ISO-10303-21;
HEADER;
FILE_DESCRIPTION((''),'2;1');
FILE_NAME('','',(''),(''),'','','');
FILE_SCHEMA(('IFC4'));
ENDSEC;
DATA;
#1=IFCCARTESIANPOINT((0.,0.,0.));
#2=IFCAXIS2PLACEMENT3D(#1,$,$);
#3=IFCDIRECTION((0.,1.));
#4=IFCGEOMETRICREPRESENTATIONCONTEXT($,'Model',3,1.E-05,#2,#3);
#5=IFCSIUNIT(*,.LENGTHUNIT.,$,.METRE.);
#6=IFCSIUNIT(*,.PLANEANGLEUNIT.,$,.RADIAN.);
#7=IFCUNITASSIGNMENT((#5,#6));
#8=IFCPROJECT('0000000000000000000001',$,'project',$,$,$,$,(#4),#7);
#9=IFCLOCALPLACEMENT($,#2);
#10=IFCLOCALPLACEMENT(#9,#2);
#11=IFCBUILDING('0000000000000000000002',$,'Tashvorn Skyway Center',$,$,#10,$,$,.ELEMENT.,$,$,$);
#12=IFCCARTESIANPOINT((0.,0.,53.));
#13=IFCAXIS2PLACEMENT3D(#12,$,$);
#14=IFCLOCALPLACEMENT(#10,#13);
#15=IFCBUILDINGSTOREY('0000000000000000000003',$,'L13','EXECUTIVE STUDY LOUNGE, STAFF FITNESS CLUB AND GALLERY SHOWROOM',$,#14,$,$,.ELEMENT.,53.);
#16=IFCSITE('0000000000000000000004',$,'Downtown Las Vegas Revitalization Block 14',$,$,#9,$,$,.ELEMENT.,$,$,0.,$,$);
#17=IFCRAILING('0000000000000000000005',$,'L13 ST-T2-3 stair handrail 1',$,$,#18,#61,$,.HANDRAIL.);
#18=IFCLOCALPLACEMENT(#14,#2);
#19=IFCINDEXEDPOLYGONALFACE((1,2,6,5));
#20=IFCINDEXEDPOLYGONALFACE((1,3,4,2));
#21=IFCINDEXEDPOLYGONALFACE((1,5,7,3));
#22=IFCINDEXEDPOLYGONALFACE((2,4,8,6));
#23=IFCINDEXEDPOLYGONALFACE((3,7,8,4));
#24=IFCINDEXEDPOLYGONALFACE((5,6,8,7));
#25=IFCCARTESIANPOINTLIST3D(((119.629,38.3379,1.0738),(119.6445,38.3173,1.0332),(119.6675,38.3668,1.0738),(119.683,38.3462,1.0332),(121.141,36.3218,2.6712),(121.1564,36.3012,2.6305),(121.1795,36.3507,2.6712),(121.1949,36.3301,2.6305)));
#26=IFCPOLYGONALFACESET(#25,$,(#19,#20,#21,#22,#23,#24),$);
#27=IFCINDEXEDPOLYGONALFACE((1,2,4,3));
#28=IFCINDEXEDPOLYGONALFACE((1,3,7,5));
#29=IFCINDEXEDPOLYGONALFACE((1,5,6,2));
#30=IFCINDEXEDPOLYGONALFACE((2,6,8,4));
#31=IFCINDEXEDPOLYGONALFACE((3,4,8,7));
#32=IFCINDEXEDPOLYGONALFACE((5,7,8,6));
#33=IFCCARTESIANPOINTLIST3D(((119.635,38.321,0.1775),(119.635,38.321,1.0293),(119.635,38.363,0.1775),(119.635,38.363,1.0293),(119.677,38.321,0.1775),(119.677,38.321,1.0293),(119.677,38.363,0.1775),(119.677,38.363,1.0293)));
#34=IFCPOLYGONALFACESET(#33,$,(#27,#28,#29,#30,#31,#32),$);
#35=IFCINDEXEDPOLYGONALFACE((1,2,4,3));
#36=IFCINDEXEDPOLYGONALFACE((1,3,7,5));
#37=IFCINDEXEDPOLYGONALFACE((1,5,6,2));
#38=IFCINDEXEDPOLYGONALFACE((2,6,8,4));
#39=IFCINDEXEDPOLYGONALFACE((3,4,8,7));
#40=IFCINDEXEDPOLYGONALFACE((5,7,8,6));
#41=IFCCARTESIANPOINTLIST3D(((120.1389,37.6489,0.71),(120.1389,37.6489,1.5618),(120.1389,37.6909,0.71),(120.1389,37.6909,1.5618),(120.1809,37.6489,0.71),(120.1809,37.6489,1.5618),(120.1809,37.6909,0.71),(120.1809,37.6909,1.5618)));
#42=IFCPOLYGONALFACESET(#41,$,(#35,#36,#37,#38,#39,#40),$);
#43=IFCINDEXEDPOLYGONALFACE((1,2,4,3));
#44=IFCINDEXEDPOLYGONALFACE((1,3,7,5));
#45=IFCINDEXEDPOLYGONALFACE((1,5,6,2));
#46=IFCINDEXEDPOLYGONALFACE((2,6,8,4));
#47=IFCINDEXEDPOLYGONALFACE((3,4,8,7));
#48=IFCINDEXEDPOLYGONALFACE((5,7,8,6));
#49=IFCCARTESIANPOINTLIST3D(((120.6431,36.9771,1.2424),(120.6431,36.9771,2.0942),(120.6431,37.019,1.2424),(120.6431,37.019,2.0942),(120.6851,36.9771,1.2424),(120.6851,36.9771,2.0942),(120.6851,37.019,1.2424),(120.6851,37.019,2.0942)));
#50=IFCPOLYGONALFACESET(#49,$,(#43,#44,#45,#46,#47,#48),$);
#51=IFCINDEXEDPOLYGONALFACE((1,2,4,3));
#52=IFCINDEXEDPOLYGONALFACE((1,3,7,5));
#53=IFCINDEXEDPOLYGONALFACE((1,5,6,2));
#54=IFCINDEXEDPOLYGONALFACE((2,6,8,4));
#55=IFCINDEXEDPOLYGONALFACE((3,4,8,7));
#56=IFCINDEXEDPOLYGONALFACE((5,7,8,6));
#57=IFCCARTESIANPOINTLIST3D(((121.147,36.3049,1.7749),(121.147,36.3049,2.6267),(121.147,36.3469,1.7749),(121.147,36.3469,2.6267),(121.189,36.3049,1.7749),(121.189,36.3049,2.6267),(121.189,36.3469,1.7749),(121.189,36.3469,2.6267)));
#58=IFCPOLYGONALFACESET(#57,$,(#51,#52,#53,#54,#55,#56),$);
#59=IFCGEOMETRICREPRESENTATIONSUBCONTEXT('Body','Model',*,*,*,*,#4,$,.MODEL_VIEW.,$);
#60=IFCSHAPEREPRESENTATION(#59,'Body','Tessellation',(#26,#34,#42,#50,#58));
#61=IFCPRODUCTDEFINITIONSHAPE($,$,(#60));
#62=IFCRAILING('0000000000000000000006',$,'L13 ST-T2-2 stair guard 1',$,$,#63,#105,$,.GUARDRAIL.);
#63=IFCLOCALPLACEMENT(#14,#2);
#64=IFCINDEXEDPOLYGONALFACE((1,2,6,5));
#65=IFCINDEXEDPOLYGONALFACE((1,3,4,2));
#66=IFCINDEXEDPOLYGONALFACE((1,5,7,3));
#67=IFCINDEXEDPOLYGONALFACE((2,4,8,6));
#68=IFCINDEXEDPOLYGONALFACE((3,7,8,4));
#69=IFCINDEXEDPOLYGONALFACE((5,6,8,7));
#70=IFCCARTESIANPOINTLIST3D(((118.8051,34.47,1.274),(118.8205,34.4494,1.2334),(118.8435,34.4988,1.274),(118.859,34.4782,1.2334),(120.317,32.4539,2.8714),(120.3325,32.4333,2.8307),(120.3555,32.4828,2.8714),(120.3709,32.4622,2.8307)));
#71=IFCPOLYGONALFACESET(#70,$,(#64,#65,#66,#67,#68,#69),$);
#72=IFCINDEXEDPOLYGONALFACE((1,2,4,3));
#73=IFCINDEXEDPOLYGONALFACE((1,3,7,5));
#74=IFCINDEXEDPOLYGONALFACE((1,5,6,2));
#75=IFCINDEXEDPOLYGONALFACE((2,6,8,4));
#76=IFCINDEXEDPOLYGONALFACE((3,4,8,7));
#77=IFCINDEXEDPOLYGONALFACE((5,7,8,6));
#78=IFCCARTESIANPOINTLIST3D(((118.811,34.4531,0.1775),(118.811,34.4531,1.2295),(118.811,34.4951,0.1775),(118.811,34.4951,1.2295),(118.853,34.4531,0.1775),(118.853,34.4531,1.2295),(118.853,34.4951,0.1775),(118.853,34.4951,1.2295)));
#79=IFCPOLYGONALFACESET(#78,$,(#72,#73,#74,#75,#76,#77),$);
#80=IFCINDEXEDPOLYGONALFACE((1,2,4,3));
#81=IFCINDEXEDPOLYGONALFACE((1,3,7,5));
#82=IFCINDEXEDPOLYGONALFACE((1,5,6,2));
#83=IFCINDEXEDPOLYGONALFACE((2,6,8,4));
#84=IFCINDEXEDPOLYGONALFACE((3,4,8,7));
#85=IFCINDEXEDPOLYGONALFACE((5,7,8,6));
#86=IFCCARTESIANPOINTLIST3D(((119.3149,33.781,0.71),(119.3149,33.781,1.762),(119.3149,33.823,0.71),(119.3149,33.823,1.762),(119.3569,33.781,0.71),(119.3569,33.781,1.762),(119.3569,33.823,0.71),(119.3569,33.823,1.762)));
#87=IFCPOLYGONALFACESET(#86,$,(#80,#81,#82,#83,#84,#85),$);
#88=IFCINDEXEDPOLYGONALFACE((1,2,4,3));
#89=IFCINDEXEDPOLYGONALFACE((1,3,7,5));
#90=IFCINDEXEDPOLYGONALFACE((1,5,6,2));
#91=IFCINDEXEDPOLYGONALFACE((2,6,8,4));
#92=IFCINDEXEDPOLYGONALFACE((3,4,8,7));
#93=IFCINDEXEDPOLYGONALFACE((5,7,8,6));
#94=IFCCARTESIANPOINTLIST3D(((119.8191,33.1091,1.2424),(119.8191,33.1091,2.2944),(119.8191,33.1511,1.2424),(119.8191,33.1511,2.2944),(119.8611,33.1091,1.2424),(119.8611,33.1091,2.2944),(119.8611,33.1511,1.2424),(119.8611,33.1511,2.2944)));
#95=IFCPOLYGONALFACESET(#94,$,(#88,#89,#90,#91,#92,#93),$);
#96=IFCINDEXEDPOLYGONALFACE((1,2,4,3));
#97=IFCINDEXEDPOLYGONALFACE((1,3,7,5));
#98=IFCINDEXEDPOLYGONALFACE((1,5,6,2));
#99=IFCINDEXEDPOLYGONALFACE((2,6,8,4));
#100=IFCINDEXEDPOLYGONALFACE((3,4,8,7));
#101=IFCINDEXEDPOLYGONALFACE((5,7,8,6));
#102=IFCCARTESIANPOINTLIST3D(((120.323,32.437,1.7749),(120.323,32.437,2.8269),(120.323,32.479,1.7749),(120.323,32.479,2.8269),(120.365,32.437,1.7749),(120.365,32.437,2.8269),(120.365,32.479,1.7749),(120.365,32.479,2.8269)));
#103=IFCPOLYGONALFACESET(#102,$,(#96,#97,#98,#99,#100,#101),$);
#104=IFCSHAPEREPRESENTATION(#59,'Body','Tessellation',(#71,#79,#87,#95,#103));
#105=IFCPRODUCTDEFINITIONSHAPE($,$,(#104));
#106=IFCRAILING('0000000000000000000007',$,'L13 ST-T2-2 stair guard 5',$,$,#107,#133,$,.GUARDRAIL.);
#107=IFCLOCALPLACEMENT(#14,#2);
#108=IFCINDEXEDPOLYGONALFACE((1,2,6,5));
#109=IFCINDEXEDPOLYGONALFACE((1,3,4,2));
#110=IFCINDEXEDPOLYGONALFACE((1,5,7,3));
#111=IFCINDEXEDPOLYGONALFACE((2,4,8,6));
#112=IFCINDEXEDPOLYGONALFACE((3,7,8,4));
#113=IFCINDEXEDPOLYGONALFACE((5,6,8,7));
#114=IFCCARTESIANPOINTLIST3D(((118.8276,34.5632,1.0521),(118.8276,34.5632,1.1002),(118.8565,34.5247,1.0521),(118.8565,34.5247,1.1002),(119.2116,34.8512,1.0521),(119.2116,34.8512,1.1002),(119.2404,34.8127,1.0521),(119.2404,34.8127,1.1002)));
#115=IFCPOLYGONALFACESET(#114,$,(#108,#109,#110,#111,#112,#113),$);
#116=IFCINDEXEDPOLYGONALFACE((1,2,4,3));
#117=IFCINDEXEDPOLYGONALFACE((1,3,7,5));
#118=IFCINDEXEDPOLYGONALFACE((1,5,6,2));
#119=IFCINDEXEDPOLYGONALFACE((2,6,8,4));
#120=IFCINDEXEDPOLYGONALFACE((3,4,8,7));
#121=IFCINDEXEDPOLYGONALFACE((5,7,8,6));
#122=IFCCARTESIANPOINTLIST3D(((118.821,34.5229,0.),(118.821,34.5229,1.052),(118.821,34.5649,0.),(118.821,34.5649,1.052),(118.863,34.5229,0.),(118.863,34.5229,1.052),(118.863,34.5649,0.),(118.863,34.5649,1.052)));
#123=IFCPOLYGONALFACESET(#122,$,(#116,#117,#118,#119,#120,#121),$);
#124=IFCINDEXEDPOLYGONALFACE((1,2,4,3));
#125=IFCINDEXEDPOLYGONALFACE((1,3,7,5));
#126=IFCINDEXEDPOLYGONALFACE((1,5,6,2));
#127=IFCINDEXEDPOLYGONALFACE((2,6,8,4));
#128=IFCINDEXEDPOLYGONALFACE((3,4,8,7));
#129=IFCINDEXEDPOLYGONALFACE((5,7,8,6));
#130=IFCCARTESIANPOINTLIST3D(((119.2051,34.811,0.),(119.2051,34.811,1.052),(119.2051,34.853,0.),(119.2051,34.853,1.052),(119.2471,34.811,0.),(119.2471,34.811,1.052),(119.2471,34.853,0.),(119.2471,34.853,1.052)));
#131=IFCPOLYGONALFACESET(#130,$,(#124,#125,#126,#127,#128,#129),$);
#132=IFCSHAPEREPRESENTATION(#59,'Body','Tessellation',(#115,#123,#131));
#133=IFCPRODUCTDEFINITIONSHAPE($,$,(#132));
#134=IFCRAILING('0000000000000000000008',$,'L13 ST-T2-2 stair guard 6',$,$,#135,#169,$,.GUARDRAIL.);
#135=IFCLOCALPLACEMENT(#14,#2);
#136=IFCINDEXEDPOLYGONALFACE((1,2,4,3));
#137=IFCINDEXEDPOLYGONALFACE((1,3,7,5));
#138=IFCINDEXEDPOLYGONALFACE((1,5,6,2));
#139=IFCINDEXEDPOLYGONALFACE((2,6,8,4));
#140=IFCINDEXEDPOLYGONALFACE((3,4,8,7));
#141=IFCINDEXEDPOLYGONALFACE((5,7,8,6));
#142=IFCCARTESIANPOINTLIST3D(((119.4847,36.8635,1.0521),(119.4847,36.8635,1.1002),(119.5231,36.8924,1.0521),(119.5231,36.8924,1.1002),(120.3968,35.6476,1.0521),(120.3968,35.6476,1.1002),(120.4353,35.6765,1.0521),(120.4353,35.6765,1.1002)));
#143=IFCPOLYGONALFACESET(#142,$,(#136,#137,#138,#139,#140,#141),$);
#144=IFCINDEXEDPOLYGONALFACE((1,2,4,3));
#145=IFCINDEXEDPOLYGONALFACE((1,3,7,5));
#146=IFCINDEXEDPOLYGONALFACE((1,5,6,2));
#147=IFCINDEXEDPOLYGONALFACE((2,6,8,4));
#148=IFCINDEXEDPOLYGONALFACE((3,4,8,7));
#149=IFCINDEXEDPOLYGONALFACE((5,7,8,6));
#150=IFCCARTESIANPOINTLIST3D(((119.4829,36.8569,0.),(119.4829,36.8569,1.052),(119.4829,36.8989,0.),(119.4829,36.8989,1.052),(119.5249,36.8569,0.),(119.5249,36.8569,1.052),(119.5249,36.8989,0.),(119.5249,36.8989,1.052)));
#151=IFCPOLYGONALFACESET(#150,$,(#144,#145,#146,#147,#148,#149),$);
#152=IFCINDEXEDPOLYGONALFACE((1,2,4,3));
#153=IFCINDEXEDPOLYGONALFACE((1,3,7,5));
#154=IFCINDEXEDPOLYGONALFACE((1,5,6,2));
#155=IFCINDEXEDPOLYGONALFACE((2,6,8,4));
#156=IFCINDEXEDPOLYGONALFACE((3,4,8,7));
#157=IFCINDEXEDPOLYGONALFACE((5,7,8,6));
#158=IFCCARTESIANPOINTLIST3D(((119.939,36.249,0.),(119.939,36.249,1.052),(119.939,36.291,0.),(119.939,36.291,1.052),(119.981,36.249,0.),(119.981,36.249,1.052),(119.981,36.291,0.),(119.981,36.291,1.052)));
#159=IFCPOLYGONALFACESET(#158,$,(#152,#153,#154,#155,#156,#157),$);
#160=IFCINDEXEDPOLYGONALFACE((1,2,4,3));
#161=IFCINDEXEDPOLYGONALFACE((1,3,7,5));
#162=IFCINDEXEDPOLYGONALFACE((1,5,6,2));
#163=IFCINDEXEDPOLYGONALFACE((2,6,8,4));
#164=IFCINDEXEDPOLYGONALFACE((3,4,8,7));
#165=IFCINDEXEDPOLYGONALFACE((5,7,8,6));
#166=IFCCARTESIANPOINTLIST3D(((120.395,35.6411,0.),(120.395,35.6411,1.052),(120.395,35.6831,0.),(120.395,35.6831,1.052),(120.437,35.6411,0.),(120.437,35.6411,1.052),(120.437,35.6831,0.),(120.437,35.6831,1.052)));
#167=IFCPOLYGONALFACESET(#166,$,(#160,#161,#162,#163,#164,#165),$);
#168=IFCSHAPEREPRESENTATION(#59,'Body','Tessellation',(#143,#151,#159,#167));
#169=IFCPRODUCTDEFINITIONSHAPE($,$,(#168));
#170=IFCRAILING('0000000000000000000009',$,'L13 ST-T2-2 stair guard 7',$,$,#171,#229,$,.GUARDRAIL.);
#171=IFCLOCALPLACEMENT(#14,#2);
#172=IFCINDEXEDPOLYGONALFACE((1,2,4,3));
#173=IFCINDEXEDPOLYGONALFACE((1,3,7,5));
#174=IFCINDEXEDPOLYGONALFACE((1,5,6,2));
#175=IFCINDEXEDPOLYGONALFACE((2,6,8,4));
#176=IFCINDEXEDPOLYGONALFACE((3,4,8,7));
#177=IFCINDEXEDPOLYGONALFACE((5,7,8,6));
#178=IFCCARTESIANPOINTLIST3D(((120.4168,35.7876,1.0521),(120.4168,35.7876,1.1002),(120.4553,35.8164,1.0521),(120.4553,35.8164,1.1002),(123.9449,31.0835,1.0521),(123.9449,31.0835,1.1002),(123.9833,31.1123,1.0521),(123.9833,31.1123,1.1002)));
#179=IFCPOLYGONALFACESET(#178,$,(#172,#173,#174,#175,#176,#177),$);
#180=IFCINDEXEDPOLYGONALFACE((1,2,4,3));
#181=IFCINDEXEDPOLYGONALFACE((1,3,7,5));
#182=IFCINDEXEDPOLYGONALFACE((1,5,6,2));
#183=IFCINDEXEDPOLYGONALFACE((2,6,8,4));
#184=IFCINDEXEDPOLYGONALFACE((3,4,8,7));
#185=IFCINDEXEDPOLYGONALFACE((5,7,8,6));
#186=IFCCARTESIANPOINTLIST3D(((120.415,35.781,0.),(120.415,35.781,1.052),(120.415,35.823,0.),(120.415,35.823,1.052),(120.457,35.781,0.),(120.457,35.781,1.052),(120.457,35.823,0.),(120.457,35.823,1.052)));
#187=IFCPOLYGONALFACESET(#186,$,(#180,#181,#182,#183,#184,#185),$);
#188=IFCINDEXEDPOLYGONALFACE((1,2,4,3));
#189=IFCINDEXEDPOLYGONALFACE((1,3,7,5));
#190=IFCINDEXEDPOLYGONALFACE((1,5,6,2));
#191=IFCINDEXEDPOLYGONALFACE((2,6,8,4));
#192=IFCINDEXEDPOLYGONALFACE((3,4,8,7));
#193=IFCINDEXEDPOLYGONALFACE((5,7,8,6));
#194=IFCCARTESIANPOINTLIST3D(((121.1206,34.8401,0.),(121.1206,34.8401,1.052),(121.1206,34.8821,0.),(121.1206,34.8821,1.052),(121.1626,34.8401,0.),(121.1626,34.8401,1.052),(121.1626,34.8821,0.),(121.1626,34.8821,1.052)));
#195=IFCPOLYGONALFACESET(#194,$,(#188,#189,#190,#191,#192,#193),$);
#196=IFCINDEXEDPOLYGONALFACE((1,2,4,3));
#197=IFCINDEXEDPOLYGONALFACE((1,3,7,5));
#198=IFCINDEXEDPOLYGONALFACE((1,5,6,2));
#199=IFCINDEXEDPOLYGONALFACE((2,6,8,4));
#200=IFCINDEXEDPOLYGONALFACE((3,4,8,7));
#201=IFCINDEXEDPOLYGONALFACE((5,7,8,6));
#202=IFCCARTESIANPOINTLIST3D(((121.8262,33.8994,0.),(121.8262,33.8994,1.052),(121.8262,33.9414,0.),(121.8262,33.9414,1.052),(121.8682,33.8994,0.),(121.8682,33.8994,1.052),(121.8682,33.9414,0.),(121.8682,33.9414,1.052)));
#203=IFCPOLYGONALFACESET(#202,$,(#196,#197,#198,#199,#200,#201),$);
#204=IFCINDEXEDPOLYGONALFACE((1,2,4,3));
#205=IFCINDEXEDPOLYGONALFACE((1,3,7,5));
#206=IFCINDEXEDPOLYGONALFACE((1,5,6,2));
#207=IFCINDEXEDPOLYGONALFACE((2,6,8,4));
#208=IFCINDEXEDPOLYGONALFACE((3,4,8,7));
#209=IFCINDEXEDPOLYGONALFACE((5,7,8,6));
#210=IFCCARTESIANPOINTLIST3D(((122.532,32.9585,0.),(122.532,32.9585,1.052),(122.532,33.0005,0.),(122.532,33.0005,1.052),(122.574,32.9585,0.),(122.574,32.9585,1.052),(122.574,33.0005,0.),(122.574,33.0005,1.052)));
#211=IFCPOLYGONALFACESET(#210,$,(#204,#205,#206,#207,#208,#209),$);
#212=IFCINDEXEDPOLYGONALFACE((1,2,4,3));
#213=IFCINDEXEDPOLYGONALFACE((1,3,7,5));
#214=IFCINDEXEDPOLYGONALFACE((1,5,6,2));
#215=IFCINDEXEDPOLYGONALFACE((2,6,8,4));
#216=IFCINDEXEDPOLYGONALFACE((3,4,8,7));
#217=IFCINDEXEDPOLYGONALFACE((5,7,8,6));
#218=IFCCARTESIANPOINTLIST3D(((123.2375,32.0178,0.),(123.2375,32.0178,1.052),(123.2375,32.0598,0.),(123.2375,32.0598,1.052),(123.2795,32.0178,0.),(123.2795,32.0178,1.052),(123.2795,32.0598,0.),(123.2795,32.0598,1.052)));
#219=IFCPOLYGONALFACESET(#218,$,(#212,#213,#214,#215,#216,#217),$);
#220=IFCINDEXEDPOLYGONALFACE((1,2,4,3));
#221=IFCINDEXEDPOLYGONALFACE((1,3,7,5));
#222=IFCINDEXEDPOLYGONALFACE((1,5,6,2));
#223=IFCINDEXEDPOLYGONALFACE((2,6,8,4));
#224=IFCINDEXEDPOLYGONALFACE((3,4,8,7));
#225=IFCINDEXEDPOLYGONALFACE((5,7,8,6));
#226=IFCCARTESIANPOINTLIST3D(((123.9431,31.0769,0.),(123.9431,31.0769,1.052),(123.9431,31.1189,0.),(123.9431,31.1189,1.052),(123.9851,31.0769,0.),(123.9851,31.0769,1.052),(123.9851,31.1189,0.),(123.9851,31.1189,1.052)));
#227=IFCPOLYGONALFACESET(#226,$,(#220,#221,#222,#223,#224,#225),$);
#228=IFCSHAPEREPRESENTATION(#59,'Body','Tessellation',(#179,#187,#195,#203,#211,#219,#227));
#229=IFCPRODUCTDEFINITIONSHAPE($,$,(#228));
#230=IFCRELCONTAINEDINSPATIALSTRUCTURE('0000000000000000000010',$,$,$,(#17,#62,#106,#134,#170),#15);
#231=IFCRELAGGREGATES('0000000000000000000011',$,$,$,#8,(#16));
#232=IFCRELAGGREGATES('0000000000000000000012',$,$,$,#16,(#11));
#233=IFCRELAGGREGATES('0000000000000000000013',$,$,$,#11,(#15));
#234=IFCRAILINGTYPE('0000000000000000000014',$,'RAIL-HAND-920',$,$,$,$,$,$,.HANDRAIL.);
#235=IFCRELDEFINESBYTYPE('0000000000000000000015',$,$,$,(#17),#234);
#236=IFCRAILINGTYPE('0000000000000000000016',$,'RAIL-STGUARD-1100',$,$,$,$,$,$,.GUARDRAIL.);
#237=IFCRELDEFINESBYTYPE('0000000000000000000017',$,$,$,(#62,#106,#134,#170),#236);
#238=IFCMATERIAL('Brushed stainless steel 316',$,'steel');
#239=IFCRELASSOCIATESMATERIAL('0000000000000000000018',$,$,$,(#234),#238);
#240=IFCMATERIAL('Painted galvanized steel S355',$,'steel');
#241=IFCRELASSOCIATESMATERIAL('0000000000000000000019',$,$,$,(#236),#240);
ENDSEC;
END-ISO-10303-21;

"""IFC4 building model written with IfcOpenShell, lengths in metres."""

from ifc_helpers import new_model, si_unit, direction, frame, origin, origin_2d, place, context, subcontext, project, spatial, rectangle, extrude, material, type_object, element, save


model = new_model("IFC4")

# Units and contexts
model_context = context("Model", 3, precision=1e-05, world=origin(), true_north=direction((0.0, 1.0)))
body_context = subcontext(model_context, "Body", "Model", "MODEL_VIEW")
ifc_project = project(units=[si_unit("LENGTHUNIT", "METRE"), si_unit("PLANEANGLEUNIT", "RADIAN")], contexts=[model_context])

# Site, building, storey
site_placement = place(None, origin())
site = spatial("IfcSite", under=ifc_project, at=site_placement, Name="Downtown Las Vegas Revitalization Block 14", CompositionType="ELEMENT", RefElevation=0.0)
building_placement = place(site_placement, origin())
building = spatial("IfcBuilding", under=site, at=building_placement, Name="Tashvorn Skyway Center", CompositionType="ELEMENT")
storey_placement = place(building_placement, frame((0.0, 0.0, 53.0)))
storey = spatial("IfcBuildingStorey", under=building, at=storey_placement, Name="L13", Description="EXECUTIVE STUDY LOUNGE, STAFF FITNESS CLUB AND GALLERY SHOWROOM", CompositionType="ELEMENT", Elevation=53.0)

# Railings
ifc_material_1 = material(Name="Brushed stainless steel 316", Category="steel")
railing_type_1 = type_object("IfcRailingType", Name="RAIL-HAND-920", PredefinedType="HANDRAIL", material=ifc_material_1)
railing_1_placement = place(storey_placement, frame((119.656, 38.342, 0.1775)))
element("IfcRailing", 1, at=railing_1_placement, inside=storey, type_object=railing_type_1, Name="L13 ST-T2-3 stair handrail 1", PredefinedType="HANDRAIL", context=body_context, shape_type="SweptSolid", body=[
    extrude(rectangle(XDim=0.0481, YDim=0.0481, at=origin_2d()), frame((0.0, 0.0, 0.876), z_axis=(0.506741, -0.675709, 0.535379), x_axis=(0.800023, 0.599969, 0.0)), (0.0, 0.0, 1.0), 2.9836),
    extrude(rectangle(XDim=0.042, YDim=0.042, at=origin_2d()), origin(), (0.0, 0.0, 1.0), 0.8518),
    extrude(rectangle(XDim=0.042, YDim=0.042, at=origin_2d()), frame((0.5039, -0.6721, 0.5325)), (0.0, 0.0, 1.0), 0.8518),
    extrude(rectangle(XDim=0.042, YDim=0.042, at=origin_2d()), frame((1.0081, -1.344, 1.0649)), (0.0, 0.0, 1.0), 0.8518),
    extrude(rectangle(XDim=0.042, YDim=0.042, at=origin_2d()), frame((1.512, -2.0161, 1.5974)), (0.0, 0.0, 1.0), 0.8518),
])
ifc_material_2 = material(Name="Painted galvanized steel S355", Category="steel")
railing_type_2 = type_object("IfcRailingType", Name="RAIL-STGUARD-1100", PredefinedType="GUARDRAIL", material=ifc_material_2)
railing_2_placement = place(storey_placement, frame((118.832, 34.4741, 0.1775)))
element("IfcRailing", 2, at=railing_2_placement, inside=storey, type_object=railing_type_2, Name="L13 ST-T2-2 stair guard 1", PredefinedType="GUARDRAIL", context=body_context, shape_type="SweptSolid", body=[
    extrude(rectangle(XDim=0.0481, YDim=0.0481, at=origin_2d()), frame((0.0, 0.0, 1.0762), z_axis=(0.506741, -0.675709, 0.535379), x_axis=(0.800023, 0.599969, 0.0)), (0.0, 0.0, 1.0), 2.9836),
    extrude(rectangle(XDim=0.042, YDim=0.042, at=origin_2d()), origin(), (0.0, 0.0, 1.0), 1.052),
    extrude(rectangle(XDim=0.042, YDim=0.042, at=origin_2d()), frame((0.5039, -0.6721, 0.5325)), (0.0, 0.0, 1.0), 1.052),
    extrude(rectangle(XDim=0.042, YDim=0.042, at=origin_2d()), frame((1.0081, -1.344, 1.0649)), (0.0, 0.0, 1.0), 1.052),
    extrude(rectangle(XDim=0.042, YDim=0.042, at=origin_2d()), frame((1.512, -2.0161, 1.5974)), (0.0, 0.0, 1.0), 1.052),
])
railing_3_placement = place(storey_placement, frame((118.842, 34.5439, 0.0)))
element("IfcRailing", 3, at=railing_3_placement, inside=storey, type_object=railing_type_2, Name="L13 ST-T2-2 stair guard 5", PredefinedType="GUARDRAIL", context=body_context, shape_type="SweptSolid", body=[
    extrude(rectangle(XDim=0.0481, YDim=0.0481, at=origin_2d()), frame((0.0, 0.0, 1.0762), z_axis=(0.799939, 0.600081, 0.0), x_axis=(-0.600081, 0.799939, 0.0)), (0.0, 0.0, 1.0), 0.48),
    extrude(rectangle(XDim=0.042, YDim=0.042, at=origin_2d()), origin(), (0.0, 0.0, 1.0), 1.052),
    extrude(rectangle(XDim=0.042, YDim=0.042, at=origin_2d()), frame((0.384, 0.2881, 0.0)), (0.0, 0.0, 1.0), 1.052),
])
railing_4_placement = place(storey_placement, frame((119.5039, 36.8779, 0.0)))
element("IfcRailing", 4, at=railing_4_placement, inside=storey, type_object=railing_type_2, Name="L13 ST-T2-2 stair guard 6", PredefinedType="GUARDRAIL", context=body_context, shape_type="SweptSolid", body=[
    extrude(rectangle(XDim=0.0481, YDim=0.0481, at=origin_2d()), frame((0.0, 0.0, 1.0762), z_axis=(0.600103, -0.799923, 0.0), x_axis=(0.799923, 0.600103, 0.0)), (0.0, 0.0, 1.0), 1.52),
    extrude(rectangle(XDim=0.042, YDim=0.042, at=origin_2d()), origin(), (0.0, 0.0, 1.0), 1.052),
    extrude(rectangle(XDim=0.042, YDim=0.042, at=origin_2d()), frame((0.4561, -0.6079, 0.0)), (0.0, 0.0, 1.0), 1.052),
    extrude(rectangle(XDim=0.042, YDim=0.042, at=origin_2d()), frame((0.9121, -1.2158, 0.0)), (0.0, 0.0, 1.0), 1.052),
])
railing_5_placement = place(storey_placement, frame((120.436, 35.802, 0.0)))
element("IfcRailing", 5, at=railing_5_placement, inside=storey, type_object=railing_type_2, Name="L13 ST-T2-2 stair guard 7", PredefinedType="GUARDRAIL", context=body_context, shape_type="SweptSolid", body=[
    extrude(rectangle(XDim=0.0481, YDim=0.0481, at=origin_2d()), frame((0.0, 0.0, 1.0762), z_axis=(0.6, -0.8, 0.0), x_axis=(0.8, 0.6, 0.0)), (0.0, 0.0, 1.0), 5.8801),
    extrude(rectangle(XDim=0.042, YDim=0.042, at=origin_2d()), origin(), (0.0, 0.0, 1.0), 1.052),
    extrude(rectangle(XDim=0.042, YDim=0.042, at=origin_2d()), frame((0.7056, -0.9409, 0.0)), (0.0, 0.0, 1.0), 1.052),
    extrude(rectangle(XDim=0.042, YDim=0.042, at=origin_2d()), frame((1.4111, -1.8816, 0.0)), (0.0, 0.0, 1.0), 1.052),
    extrude(rectangle(XDim=0.042, YDim=0.042, at=origin_2d()), frame((2.1169, -2.8225, 0.0)), (0.0, 0.0, 1.0), 1.052),
    extrude(rectangle(XDim=0.042, YDim=0.042, at=origin_2d()), frame((2.8225, -3.7632, 0.0)), (0.0, 0.0, 1.0), 1.052),
    extrude(rectangle(XDim=0.042, YDim=0.042, at=origin_2d()), frame((3.5281, -4.7041, 0.0)), (0.0, 0.0, 1.0), 1.052),
])

save(model, "model.ifc")
